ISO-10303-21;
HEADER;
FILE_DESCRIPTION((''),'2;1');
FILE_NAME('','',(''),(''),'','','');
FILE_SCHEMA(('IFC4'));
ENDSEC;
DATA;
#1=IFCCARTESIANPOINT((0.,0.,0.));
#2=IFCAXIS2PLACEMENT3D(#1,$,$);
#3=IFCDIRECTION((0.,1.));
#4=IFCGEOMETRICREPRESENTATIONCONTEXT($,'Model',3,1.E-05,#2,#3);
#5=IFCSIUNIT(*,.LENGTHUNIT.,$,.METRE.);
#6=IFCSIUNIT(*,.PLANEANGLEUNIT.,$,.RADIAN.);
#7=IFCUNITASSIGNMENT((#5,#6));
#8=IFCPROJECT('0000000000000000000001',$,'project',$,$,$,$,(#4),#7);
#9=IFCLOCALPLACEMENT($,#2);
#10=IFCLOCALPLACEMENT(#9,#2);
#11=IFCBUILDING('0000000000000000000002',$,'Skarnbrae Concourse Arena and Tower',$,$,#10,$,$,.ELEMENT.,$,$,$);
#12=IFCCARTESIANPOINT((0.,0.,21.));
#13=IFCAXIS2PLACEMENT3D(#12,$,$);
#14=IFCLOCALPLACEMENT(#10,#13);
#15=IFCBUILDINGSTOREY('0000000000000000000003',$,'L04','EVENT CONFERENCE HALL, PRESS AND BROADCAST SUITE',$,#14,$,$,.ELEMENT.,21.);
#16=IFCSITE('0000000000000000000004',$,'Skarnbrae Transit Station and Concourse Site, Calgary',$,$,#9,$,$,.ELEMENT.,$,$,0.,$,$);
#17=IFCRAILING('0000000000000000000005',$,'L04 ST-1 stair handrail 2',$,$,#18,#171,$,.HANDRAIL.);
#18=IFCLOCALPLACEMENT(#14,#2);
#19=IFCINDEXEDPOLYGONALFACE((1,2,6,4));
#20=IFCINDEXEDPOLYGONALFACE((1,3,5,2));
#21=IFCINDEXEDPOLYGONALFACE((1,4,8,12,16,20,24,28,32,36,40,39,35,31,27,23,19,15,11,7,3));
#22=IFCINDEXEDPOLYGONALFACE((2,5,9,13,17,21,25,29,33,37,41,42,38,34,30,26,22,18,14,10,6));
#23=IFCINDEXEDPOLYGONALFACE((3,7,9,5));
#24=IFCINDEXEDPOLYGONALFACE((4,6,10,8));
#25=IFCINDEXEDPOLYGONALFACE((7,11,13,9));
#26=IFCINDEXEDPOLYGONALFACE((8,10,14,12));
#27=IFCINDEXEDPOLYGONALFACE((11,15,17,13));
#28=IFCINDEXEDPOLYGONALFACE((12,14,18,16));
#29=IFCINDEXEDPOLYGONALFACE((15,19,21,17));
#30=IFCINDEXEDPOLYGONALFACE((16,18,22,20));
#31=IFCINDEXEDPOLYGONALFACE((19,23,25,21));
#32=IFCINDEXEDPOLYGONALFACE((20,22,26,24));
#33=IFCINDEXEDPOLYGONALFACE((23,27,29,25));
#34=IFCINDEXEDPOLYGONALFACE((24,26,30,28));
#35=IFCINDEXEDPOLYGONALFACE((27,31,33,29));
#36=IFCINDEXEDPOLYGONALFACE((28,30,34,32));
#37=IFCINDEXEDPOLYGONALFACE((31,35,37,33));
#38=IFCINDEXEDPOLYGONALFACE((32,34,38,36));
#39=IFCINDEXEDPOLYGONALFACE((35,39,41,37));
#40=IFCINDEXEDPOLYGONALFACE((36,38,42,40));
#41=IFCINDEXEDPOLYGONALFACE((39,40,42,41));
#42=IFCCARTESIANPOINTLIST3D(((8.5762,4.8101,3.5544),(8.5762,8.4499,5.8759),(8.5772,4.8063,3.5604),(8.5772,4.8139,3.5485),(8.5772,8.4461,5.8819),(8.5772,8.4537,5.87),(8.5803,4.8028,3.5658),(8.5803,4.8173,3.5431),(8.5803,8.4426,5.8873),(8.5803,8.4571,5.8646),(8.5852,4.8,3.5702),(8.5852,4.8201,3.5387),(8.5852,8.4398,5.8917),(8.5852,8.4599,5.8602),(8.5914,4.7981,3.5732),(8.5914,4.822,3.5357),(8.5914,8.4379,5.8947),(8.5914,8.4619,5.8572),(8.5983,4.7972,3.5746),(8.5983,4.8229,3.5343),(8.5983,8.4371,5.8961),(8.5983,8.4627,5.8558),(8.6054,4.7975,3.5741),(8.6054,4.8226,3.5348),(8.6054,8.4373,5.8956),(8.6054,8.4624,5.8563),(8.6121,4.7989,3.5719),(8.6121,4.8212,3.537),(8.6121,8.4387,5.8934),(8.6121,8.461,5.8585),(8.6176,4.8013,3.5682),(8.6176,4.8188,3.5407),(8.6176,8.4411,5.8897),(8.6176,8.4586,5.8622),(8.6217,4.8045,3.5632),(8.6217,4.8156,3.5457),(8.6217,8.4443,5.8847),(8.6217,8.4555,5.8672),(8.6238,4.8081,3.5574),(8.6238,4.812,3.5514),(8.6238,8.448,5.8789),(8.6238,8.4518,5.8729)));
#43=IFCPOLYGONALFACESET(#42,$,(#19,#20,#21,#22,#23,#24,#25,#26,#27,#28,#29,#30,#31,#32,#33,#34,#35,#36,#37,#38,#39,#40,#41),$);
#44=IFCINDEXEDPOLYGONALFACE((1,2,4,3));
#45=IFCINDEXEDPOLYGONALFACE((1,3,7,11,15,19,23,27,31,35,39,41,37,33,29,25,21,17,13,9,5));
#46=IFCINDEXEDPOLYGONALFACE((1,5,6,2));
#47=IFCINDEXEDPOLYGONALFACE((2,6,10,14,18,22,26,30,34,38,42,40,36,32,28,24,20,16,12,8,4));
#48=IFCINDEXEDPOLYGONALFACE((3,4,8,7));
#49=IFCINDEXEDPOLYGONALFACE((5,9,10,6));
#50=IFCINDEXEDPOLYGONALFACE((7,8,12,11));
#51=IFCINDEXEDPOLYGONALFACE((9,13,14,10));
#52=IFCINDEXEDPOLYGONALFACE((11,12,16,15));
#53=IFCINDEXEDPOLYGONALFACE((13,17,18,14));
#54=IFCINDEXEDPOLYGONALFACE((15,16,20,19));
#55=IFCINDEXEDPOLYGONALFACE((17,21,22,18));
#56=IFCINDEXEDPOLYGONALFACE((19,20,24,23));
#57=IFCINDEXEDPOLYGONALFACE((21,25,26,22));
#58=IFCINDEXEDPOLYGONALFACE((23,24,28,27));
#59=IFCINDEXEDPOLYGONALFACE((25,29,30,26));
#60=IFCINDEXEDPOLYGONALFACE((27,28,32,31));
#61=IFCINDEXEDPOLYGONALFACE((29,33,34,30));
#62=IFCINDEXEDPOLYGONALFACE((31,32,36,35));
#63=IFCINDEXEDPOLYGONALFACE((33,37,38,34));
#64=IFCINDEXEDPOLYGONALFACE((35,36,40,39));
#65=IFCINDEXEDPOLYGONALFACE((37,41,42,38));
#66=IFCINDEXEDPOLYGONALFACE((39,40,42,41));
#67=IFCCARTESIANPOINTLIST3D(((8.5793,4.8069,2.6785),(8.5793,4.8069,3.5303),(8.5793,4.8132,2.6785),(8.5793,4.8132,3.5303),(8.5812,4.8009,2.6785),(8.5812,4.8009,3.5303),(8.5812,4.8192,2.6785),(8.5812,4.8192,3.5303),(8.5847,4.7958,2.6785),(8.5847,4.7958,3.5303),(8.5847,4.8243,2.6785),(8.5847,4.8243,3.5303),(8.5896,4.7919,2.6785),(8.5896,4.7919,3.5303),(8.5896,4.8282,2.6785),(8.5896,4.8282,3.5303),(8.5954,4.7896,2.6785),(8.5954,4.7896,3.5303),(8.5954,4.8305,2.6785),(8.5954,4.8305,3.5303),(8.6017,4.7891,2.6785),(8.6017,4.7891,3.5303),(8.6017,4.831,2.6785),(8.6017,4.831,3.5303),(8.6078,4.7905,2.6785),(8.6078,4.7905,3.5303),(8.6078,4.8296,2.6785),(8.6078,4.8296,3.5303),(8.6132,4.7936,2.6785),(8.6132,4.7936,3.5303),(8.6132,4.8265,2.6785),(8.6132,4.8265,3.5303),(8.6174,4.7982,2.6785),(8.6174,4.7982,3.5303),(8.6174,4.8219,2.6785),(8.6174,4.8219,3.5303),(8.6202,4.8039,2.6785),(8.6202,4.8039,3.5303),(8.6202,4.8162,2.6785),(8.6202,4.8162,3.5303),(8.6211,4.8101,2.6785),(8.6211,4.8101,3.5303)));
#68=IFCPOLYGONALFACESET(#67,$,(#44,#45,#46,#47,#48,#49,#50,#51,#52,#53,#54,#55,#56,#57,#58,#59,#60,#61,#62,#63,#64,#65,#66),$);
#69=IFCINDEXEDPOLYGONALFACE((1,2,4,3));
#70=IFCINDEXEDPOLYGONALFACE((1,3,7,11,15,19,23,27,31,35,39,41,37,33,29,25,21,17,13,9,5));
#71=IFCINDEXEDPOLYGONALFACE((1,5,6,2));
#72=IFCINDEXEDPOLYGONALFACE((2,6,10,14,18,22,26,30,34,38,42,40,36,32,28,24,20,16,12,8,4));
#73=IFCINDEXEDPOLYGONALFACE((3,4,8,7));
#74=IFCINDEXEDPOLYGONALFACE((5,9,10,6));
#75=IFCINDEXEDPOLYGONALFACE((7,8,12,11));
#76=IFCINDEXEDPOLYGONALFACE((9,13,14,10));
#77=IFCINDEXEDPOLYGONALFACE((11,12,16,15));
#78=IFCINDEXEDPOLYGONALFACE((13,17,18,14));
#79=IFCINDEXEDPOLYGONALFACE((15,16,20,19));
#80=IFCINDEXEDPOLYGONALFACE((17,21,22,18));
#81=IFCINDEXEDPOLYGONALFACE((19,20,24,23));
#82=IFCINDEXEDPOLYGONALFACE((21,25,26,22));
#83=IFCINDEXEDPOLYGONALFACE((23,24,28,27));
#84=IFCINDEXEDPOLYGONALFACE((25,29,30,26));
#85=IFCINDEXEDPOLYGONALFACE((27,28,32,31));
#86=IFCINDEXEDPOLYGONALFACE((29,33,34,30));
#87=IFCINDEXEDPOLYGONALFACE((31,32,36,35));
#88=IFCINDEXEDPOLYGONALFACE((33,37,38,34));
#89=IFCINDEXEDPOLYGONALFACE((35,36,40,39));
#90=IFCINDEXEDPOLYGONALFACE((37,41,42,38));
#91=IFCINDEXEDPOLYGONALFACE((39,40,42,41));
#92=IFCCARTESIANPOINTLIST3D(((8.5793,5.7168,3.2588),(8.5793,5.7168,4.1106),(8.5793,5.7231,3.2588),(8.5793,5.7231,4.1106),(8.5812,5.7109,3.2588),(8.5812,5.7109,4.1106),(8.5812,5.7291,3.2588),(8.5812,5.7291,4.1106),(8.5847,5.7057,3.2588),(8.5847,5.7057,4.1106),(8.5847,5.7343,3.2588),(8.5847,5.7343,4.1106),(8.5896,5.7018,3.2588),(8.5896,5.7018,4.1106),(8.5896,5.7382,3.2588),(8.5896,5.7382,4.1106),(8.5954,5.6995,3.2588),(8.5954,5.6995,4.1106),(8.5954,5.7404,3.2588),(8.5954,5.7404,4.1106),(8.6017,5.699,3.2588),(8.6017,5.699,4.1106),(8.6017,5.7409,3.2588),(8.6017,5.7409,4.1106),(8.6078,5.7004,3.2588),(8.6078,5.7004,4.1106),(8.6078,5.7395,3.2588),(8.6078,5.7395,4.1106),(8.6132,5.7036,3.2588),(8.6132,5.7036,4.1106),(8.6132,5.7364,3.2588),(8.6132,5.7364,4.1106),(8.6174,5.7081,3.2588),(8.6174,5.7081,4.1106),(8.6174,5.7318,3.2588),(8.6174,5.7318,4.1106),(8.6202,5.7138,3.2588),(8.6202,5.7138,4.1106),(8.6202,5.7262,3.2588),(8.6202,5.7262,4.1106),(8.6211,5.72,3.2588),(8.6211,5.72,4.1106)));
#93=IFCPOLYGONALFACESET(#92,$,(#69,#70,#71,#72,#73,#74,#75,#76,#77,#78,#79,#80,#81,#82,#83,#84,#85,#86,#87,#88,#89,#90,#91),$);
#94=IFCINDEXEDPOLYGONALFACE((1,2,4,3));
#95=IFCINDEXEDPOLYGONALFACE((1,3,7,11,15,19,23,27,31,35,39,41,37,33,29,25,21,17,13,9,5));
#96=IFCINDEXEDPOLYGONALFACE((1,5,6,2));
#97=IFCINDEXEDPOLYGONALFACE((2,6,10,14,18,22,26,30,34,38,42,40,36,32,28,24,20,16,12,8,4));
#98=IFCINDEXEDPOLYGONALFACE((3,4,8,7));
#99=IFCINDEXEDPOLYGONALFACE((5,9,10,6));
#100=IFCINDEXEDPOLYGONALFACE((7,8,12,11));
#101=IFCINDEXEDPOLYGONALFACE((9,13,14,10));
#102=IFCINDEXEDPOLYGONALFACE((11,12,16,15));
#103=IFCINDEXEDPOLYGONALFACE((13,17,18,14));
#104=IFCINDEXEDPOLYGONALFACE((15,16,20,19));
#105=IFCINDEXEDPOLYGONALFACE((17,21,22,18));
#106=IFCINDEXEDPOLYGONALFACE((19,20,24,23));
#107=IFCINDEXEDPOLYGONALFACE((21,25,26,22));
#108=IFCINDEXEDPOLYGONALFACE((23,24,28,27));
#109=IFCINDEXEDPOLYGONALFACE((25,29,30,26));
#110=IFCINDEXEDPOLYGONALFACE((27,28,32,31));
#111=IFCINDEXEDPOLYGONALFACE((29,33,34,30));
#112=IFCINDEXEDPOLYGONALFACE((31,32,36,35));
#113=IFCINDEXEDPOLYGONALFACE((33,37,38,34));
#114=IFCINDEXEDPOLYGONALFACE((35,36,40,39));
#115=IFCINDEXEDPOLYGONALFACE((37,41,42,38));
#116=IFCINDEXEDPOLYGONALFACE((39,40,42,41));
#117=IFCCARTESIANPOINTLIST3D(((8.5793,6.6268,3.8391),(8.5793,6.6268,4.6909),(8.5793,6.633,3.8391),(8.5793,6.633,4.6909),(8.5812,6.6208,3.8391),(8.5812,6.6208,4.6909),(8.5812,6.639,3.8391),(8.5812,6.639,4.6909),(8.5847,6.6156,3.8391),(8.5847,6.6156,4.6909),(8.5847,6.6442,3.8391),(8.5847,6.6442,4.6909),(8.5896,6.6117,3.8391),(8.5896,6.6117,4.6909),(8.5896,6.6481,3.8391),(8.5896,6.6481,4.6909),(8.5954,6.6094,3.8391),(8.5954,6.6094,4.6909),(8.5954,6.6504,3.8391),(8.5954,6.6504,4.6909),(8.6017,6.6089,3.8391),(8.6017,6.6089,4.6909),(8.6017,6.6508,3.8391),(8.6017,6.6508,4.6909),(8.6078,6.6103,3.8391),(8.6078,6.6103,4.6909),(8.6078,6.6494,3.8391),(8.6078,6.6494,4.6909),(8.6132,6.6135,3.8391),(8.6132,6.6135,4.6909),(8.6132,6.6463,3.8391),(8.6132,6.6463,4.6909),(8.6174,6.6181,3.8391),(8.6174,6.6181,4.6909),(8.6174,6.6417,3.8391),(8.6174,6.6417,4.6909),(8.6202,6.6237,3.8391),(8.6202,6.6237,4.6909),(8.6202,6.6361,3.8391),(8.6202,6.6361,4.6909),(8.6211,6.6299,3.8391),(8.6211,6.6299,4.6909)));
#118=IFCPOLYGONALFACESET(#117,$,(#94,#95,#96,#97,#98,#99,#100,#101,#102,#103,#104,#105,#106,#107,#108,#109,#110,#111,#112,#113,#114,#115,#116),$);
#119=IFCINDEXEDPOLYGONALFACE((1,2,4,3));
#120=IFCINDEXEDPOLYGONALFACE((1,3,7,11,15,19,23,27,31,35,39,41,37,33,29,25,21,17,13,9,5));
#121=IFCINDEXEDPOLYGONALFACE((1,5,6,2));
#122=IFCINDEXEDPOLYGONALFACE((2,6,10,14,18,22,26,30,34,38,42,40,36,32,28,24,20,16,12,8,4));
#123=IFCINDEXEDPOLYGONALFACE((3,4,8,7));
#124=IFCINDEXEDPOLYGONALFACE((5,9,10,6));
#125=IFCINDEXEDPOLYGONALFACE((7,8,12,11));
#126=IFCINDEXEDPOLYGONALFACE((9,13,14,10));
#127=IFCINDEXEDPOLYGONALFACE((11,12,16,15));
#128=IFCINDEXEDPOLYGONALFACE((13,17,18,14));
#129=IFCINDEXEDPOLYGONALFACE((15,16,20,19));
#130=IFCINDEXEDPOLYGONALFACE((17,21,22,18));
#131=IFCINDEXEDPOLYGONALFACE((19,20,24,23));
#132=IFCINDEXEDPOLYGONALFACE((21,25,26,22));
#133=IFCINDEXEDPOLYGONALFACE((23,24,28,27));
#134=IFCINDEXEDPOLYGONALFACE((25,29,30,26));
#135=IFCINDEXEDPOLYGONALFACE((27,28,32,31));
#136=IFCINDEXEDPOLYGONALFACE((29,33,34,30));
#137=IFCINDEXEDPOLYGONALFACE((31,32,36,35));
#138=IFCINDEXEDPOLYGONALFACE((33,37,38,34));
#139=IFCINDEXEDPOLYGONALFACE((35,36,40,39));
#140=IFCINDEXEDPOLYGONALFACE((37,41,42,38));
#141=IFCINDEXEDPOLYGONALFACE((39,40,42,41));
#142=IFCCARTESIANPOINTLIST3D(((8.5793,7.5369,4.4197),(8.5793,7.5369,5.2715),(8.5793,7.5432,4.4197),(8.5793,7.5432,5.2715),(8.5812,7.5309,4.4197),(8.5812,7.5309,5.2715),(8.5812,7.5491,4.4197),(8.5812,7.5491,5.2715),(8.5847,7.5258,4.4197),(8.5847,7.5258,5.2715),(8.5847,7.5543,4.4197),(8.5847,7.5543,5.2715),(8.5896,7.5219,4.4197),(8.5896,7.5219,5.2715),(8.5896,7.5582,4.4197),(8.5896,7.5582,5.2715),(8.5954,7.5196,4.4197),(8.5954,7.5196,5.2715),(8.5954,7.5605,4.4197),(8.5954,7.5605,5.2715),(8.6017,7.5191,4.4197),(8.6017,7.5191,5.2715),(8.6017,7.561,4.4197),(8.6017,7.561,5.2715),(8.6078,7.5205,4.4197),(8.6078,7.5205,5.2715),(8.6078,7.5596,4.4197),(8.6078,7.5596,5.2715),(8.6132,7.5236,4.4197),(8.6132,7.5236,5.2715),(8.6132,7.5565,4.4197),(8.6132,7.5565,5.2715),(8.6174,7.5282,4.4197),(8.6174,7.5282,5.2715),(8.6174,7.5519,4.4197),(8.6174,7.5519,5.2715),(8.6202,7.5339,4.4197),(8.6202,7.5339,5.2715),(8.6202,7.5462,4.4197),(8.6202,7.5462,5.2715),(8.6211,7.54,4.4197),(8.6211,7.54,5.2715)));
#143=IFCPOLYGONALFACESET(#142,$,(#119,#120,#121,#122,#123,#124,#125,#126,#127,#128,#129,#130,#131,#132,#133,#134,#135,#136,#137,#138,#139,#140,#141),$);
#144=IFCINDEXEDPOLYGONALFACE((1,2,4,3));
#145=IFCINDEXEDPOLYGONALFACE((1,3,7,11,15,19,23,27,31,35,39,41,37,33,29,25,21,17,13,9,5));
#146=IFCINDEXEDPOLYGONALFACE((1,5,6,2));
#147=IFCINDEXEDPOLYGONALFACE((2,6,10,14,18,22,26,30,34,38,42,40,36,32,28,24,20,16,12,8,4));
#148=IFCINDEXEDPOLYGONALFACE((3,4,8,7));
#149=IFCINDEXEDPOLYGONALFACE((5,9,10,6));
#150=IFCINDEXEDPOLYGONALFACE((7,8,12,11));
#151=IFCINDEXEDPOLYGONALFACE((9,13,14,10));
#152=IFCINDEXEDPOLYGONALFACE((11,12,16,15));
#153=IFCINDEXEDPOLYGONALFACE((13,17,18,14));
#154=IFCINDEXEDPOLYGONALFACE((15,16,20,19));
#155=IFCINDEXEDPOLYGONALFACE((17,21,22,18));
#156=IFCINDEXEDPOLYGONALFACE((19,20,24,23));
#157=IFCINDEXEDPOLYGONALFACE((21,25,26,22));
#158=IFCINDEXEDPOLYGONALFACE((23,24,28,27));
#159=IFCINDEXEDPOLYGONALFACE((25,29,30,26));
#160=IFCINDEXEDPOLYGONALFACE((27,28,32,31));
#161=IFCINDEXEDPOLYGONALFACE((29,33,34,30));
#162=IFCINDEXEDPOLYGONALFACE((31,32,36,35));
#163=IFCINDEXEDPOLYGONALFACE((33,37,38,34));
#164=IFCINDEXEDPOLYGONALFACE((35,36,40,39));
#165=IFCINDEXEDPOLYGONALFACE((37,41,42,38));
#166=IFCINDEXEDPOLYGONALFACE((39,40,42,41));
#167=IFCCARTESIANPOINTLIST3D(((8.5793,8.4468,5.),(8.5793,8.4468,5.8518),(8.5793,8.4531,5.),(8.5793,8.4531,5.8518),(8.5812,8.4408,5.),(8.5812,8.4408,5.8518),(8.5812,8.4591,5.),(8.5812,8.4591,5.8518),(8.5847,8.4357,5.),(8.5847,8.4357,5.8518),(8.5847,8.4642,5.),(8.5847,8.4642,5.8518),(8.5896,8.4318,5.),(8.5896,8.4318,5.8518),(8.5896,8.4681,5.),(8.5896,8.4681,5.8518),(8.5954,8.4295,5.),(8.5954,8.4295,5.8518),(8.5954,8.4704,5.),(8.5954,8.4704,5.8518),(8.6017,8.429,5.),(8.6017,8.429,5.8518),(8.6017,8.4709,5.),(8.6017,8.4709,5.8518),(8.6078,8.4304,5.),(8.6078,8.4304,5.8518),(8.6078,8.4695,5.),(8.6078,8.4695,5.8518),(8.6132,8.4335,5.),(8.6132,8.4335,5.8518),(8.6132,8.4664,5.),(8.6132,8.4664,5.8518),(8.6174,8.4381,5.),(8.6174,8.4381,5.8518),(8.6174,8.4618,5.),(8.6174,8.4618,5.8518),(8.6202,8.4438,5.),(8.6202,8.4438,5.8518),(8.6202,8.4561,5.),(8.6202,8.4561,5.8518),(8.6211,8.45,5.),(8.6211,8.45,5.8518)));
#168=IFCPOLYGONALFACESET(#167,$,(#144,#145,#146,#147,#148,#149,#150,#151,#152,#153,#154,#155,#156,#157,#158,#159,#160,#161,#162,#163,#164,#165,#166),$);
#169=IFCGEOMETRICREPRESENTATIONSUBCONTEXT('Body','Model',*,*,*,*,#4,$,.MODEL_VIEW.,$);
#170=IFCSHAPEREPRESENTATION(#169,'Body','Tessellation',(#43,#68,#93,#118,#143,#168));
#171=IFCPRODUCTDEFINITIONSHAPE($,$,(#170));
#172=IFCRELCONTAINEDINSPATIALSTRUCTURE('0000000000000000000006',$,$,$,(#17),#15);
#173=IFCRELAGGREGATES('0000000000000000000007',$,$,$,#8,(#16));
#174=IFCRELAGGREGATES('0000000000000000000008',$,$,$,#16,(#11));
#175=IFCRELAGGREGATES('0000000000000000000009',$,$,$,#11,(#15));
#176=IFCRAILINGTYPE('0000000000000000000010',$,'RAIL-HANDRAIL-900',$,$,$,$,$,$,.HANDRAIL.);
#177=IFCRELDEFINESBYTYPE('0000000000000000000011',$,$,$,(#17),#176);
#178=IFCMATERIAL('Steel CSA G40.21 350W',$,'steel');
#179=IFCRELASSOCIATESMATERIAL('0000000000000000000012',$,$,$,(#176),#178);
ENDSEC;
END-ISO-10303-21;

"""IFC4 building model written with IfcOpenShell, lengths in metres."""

from ifc_helpers import new_model, si_unit, direction, frame, origin, origin_2d, place, context, subcontext, project, spatial, circle, extrude, material, type_object, element, save


model = new_model("IFC4")

# Units and contexts
model_context = context("Model", 3, precision=1e-05, world=origin(), true_north=direction((0.0, 1.0)))
body_context = subcontext(model_context, "Body", "Model", "MODEL_VIEW")
ifc_project = project(units=[si_unit("LENGTHUNIT", "METRE"), si_unit("PLANEANGLEUNIT", "RADIAN")], contexts=[model_context])

# Site, building, storey
site_placement = place(None, origin())
site = spatial("IfcSite", under=ifc_project, at=site_placement, Name="Skarnbrae Transit Station and Concourse Site, Calgary", CompositionType="ELEMENT", RefElevation=0.0)
building_placement = place(site_placement, origin())
building = spatial("IfcBuilding", under=site, at=building_placement, Name="Skarnbrae Concourse Arena and Tower", CompositionType="ELEMENT")
storey_placement = place(building_placement, frame((0.0, 0.0, 21.0)))
storey = spatial("IfcBuildingStorey", under=building, at=storey_placement, Name="L04", Description="EVENT CONFERENCE HALL, PRESS AND BROADCAST SUITE", CompositionType="ELEMENT", Elevation=21.0)

# Shared definitions
ifc_material_1 = material(Name="Steel CSA G40.21 350W", Category="steel")

# Railing
railing_type_1 = type_object("IfcRailingType", Name="RAIL-HANDRAIL-900", PredefinedType="HANDRAIL", material=ifc_material_1)
railing_1_placement = place(storey_placement, frame((8.6001, 4.8101, 2.6785)))
element("IfcRailing", 1, at=railing_1_placement, inside=storey, type_object=railing_type_1, Name="L04 ST-1 stair handrail 2", PredefinedType="HANDRAIL", context=body_context, shape_type="SweptSolid", body=[
    extrude(circle(Radius=0.0239, at=origin_2d()), frame((0.0, 0.0, 0.876), z_axis=(0.0, 0.843112, 0.537739), x_axis=(-1.0, 0.0, 0.0)), (0.0, 0.0, 1.0), 4.3171),
    extrude(circle(Radius=0.021, at=origin_2d()), origin(), (0.0, 0.0, 1.0), 0.8518),
    extrude(circle(Radius=0.021, at=origin_2d()), frame((0.0, 0.9099, 0.5803)), (0.0, 0.0, 1.0), 0.8518),
    extrude(circle(Radius=0.021, at=origin_2d()), frame((0.0, 1.8198, 1.1606)), (0.0, 0.0, 1.0), 0.8518),
    extrude(circle(Radius=0.021, at=origin_2d()), frame((0.0, 2.73, 1.7412)), (0.0, 0.0, 1.0), 0.8518),
    extrude(circle(Radius=0.021, at=origin_2d()), frame((0.0, 3.6399, 2.3215)), (0.0, 0.0, 1.0), 0.8518),
])

save(model, "model.ifc")
